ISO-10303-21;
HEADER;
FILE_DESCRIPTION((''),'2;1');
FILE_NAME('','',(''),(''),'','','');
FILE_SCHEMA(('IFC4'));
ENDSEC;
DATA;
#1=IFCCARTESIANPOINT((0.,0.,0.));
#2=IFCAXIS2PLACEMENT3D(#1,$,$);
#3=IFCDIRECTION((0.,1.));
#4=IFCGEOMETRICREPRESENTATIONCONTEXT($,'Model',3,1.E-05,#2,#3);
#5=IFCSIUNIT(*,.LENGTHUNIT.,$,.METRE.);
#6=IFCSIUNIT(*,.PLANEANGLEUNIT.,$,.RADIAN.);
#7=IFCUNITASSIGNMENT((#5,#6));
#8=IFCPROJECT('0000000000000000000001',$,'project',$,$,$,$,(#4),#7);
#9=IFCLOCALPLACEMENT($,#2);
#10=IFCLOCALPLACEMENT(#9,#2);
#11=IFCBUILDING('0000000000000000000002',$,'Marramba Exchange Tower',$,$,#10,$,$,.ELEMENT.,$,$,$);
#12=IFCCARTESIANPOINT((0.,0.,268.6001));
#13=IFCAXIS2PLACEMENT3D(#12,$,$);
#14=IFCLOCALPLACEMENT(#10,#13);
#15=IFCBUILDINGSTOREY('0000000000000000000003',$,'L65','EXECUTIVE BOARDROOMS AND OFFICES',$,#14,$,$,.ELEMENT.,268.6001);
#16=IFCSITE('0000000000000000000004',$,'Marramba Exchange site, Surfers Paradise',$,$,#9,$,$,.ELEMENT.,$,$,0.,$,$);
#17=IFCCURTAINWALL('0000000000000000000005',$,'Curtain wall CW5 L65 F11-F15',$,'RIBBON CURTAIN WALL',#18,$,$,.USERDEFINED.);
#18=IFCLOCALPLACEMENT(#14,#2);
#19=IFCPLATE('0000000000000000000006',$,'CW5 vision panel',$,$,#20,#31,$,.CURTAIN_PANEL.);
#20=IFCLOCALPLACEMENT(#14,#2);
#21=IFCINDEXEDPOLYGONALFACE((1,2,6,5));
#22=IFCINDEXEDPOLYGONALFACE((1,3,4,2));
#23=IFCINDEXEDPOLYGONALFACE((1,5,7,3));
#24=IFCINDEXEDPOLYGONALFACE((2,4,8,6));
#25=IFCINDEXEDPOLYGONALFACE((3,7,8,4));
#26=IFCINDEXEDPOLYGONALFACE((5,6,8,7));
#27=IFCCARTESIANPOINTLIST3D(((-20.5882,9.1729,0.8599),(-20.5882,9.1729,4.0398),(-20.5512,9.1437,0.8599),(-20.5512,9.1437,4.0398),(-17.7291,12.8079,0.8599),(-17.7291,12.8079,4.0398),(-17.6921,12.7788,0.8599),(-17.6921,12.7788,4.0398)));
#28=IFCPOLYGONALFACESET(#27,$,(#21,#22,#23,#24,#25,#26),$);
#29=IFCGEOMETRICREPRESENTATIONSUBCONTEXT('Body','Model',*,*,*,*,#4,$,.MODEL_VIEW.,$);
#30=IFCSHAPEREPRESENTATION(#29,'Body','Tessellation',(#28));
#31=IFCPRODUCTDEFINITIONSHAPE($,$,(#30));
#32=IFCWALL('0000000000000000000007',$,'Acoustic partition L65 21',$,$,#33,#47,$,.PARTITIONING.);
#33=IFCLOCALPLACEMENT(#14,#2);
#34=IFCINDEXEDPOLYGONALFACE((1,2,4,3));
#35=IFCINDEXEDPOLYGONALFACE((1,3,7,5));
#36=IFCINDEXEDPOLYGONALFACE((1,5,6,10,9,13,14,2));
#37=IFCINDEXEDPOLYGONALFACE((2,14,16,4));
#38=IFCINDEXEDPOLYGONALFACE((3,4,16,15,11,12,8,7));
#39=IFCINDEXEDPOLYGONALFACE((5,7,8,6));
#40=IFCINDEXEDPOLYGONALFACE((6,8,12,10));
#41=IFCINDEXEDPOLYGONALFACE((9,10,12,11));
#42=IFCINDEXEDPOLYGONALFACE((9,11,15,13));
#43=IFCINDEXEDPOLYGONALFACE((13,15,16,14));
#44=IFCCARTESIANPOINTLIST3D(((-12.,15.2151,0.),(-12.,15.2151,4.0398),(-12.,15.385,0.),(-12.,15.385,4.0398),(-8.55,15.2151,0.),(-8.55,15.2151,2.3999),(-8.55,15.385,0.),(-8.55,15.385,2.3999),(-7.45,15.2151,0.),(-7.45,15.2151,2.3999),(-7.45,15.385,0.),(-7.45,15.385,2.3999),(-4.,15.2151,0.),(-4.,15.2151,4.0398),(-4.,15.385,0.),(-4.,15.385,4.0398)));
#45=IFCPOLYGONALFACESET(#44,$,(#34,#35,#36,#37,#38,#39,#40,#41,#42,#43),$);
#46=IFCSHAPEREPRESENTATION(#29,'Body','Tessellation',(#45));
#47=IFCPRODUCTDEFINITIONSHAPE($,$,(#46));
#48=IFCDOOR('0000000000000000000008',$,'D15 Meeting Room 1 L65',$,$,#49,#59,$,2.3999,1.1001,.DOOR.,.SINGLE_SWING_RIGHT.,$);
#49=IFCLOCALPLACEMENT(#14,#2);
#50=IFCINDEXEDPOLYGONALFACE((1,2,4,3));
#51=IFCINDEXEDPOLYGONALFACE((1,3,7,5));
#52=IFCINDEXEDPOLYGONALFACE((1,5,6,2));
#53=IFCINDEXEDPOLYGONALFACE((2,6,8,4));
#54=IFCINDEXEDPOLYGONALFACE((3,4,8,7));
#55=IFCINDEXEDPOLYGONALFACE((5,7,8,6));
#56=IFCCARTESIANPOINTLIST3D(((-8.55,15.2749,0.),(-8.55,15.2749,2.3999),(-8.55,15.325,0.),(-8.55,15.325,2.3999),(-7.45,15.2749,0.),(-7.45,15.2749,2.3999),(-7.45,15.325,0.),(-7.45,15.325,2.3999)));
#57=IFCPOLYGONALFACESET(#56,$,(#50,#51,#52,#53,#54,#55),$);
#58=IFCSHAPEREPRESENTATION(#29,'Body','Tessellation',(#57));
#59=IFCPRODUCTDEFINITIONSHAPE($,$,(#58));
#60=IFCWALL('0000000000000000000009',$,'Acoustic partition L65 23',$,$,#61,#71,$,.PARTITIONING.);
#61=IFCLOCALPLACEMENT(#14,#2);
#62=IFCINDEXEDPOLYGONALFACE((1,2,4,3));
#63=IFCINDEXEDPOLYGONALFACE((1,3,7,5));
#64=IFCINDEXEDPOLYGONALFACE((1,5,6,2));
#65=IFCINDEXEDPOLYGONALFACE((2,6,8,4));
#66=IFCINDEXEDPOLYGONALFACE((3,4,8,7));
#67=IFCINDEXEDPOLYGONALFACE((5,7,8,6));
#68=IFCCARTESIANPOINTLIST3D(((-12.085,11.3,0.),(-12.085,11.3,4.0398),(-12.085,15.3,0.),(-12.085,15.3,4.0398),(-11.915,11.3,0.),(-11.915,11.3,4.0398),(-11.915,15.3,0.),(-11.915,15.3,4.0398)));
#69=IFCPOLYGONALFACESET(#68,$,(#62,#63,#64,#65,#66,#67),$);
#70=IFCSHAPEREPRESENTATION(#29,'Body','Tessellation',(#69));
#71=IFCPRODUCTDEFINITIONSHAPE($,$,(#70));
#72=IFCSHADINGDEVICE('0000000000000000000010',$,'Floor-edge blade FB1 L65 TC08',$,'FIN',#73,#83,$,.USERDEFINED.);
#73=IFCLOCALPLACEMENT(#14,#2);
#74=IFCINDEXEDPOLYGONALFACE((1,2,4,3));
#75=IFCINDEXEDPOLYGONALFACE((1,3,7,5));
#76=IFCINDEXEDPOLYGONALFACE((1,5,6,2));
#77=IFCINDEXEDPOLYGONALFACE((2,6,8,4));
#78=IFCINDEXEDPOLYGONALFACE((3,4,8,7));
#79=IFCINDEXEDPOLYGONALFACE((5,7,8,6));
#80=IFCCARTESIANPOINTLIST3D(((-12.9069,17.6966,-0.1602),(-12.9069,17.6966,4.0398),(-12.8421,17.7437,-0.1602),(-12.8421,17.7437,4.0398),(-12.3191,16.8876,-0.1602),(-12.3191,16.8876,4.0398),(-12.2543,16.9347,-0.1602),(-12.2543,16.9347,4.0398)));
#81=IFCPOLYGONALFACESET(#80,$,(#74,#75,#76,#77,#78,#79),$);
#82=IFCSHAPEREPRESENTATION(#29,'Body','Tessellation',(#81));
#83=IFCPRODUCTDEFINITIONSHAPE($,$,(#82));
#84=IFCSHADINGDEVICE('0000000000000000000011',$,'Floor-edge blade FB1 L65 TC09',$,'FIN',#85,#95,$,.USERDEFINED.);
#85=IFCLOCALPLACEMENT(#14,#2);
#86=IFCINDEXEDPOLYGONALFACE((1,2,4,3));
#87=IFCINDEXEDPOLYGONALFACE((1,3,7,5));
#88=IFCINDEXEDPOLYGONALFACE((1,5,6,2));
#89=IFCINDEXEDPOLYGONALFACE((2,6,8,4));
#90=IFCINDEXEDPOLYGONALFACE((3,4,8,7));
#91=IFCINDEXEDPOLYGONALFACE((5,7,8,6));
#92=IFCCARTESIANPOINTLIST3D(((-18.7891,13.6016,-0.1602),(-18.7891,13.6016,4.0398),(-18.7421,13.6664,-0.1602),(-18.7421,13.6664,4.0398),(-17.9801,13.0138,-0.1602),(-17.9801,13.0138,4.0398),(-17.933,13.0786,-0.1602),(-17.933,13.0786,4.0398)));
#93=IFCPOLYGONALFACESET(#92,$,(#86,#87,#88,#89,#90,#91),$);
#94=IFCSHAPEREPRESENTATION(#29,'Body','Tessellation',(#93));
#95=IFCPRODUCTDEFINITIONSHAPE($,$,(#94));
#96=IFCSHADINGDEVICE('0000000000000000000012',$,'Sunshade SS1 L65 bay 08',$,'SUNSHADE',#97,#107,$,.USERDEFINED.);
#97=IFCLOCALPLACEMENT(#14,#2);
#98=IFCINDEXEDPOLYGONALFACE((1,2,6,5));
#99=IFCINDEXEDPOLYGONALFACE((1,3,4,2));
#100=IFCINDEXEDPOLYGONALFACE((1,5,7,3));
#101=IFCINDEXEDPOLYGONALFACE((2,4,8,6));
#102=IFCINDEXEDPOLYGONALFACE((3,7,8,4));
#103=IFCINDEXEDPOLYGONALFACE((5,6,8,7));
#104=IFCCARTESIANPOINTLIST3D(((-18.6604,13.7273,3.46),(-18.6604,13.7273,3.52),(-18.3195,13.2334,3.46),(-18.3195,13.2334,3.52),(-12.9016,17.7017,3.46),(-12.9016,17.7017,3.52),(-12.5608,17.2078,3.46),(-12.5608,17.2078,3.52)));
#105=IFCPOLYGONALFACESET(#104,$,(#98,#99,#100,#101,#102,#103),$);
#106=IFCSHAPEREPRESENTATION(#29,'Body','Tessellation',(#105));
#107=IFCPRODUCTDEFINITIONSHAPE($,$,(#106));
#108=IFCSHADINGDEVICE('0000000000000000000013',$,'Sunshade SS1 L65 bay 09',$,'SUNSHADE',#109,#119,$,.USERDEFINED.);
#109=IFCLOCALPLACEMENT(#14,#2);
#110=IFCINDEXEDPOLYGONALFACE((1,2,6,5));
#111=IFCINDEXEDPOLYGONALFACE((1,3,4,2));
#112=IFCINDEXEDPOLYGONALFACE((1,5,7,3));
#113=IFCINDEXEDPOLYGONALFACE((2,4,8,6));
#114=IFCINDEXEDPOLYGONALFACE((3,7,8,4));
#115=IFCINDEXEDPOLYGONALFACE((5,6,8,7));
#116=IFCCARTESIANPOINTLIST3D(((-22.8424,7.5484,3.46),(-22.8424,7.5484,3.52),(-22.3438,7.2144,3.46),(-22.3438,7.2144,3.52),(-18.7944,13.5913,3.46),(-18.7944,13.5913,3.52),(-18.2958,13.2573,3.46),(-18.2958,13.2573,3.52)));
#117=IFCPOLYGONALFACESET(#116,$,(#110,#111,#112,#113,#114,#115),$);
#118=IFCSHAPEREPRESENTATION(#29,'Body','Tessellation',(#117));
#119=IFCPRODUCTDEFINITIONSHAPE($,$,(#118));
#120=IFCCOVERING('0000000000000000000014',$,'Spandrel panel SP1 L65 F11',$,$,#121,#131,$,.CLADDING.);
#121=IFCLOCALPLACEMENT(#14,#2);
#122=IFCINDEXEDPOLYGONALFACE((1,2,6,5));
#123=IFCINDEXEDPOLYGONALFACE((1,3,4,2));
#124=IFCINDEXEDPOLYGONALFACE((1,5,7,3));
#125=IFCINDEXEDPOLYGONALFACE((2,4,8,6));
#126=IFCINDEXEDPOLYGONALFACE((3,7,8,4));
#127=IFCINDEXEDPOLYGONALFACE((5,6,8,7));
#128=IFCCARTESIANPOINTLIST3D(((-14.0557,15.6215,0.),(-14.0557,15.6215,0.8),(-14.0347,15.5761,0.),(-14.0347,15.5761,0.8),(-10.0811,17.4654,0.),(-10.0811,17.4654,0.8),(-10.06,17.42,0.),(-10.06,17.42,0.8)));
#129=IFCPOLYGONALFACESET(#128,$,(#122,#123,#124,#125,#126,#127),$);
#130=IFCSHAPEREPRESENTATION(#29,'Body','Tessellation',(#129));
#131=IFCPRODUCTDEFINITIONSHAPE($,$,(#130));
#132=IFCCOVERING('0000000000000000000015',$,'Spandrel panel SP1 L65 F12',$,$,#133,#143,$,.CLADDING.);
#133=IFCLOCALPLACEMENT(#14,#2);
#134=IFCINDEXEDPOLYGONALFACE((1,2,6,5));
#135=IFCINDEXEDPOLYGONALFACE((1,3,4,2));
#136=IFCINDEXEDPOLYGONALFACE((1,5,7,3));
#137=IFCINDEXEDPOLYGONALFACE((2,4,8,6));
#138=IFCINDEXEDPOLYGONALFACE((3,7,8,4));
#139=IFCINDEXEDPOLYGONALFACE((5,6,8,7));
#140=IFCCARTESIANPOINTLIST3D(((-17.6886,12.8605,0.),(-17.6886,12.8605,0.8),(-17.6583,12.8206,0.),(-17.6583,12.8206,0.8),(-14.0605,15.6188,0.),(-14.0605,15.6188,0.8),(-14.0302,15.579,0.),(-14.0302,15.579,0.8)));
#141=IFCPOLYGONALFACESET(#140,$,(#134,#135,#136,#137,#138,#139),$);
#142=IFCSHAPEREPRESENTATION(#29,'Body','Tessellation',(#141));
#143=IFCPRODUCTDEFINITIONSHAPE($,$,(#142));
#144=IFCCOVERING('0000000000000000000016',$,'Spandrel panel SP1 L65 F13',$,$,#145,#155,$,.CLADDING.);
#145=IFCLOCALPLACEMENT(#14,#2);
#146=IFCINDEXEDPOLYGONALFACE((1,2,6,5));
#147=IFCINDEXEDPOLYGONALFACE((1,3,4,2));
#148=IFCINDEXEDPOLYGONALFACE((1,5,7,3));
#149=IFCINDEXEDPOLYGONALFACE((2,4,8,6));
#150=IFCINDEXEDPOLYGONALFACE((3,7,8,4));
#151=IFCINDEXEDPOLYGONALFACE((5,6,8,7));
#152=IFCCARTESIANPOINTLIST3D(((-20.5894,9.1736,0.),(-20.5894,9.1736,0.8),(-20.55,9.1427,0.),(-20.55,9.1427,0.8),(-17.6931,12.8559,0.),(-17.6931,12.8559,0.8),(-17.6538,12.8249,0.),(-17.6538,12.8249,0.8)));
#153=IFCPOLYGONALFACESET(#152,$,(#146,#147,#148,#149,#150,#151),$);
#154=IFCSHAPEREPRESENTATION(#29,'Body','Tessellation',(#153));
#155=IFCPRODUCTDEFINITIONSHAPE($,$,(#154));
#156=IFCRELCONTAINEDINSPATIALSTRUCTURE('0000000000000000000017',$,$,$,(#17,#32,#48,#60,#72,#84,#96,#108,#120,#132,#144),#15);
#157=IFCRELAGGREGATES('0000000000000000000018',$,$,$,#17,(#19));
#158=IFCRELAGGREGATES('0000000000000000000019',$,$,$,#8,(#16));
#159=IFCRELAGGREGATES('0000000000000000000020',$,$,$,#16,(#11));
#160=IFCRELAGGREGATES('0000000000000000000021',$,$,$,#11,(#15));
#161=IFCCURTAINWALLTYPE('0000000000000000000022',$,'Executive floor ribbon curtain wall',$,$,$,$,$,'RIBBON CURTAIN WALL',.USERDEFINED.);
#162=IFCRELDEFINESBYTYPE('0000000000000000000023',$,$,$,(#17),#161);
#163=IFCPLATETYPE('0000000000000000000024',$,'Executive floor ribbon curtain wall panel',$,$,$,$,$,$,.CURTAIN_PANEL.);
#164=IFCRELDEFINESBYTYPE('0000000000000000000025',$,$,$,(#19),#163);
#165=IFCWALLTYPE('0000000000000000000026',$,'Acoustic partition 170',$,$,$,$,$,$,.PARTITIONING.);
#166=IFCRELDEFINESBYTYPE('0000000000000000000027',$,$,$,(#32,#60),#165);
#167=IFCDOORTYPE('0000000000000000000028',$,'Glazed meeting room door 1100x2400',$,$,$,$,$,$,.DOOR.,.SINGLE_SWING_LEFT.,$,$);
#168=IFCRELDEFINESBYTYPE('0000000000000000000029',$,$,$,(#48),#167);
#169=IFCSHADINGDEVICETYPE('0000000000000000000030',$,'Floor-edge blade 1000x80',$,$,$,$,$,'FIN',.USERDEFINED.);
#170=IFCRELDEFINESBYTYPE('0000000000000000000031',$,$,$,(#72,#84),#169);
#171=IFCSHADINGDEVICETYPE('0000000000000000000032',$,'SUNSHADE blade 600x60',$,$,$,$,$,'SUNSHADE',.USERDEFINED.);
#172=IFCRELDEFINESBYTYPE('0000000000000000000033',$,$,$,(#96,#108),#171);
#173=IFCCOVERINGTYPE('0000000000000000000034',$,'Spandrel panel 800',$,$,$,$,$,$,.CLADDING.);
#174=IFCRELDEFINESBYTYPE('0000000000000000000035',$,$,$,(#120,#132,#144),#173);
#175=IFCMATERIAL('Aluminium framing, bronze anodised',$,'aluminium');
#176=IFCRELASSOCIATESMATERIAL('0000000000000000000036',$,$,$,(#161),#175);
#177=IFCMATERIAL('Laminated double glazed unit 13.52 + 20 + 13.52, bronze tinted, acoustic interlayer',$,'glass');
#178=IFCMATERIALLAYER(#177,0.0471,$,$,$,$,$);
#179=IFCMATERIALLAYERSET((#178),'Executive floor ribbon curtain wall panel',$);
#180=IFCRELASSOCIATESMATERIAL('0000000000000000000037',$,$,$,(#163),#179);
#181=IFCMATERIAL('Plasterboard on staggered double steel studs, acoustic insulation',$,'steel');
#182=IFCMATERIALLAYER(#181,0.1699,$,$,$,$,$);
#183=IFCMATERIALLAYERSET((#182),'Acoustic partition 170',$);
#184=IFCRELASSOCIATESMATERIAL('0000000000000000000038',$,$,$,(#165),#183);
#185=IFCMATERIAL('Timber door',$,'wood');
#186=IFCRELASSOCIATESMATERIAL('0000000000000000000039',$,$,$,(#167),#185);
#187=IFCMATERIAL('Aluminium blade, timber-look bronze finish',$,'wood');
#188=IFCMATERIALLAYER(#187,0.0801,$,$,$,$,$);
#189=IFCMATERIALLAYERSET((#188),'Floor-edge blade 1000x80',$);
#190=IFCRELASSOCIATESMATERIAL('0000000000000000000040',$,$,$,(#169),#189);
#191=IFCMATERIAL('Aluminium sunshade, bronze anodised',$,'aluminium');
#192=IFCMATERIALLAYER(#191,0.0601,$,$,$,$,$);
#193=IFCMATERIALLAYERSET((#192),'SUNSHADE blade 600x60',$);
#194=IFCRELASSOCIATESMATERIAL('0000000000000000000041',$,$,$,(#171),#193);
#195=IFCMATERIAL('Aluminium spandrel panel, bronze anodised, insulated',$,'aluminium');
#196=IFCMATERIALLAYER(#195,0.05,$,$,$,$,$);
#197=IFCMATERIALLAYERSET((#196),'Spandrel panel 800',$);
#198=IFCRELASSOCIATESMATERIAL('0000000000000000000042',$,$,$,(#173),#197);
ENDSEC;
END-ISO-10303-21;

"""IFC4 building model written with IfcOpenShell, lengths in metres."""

from ifc_helpers import new_model, si_unit, direction, frame, frame_2d, origin, origin_2d, place, context, subcontext, project, spatial, rectangle, extrude, material, layer, layer_set, type_object, element, fill, aggregate, save


model = new_model("IFC4")

# Units and contexts
model_context = context("Model", 3, precision=1e-05, world=origin(), true_north=direction((0.0, 1.0)))
body_context = subcontext(model_context, "Body", "Model", "MODEL_VIEW")
ifc_project = project(units=[si_unit("LENGTHUNIT", "METRE"), si_unit("PLANEANGLEUNIT", "RADIAN")], contexts=[model_context])

# Site, building, storey
site_placement = place(None, origin())
site = spatial("IfcSite", under=ifc_project, at=site_placement, Name="Marramba Exchange site, Surfers Paradise", CompositionType="ELEMENT", RefElevation=0.0)
building_placement = place(site_placement, origin())
building = spatial("IfcBuilding", under=site, at=building_placement, Name="Marramba Exchange Tower", CompositionType="ELEMENT")
storey_placement = place(building_placement, frame((0.0, 0.0, 268.6001)))
storey = spatial("IfcBuildingStorey", under=building, at=storey_placement, Name="L65", Description="EXECUTIVE BOARDROOMS AND OFFICES", CompositionType="ELEMENT", Elevation=268.6001)

# Curtain wall
ifc_material_1 = material(Name="Aluminium framing, bronze anodised", Category="aluminium")
curtain_wall_type = type_object("IfcCurtainWallType", Name="Executive floor ribbon curtain wall", ElementType="RIBBON CURTAIN WALL", PredefinedType="USERDEFINED", material=ifc_material_1)
curtain_wall_placement = place(storey_placement, origin())
curtain_wall = element("IfcCurtainWall", 1, at=curtain_wall_placement, inside=storey, type_object=curtain_wall_type, Name="Curtain wall CW5 L65 F11-F15", ObjectType="RIBBON CURTAIN WALL", PredefinedType="USERDEFINED")

# Plate
ifc_material_2 = material(Name="Laminated double glazed unit 13.52 + 20 + 13.52, bronze tinted, acoustic interlayer", Category="glass")
ifc_layer_1 = layer(ifc_material_2, 0.0471)
ifc_layer_set_1 = layer_set([ifc_layer_1], Name="Executive floor ribbon curtain wall panel")
plate_type = type_object("IfcPlateType", Name="Executive floor ribbon curtain wall panel", PredefinedType="CURTAIN_PANEL", material=ifc_layer_set_1)
plate_1_placement = place(storey_placement, frame((-19.1401, 10.9758, 0.8599), z_axis=(0.0, 0.0, 1.0), x_axis=(-0.618223, -0.786003, 0.0)))
plate_1 = element("IfcPlate", 2, at=plate_1_placement, type_object=plate_type, Name="CW5 vision panel", PredefinedType="CURTAIN_PANEL", context=body_context, shape_type="SweptSolid", body=[
    extrude(rectangle(XDim=4.6248, YDim=0.0471, at=origin_2d()), origin(), (0.0, 0.0, 1.0), 3.1799),
])
aggregate(curtain_wall, [plate_1])

# Wall, opening, door
ifc_material_3 = material(Name="Plasterboard on staggered double steel studs, acoustic insulation", Category="steel")
ifc_layer_2 = layer(ifc_material_3, 0.1699)
ifc_layer_set_2 = layer_set([ifc_layer_2], Name="Acoustic partition 170")
wall_type = type_object("IfcWallType", Name="Acoustic partition 170", PredefinedType="PARTITIONING", material=ifc_layer_set_2)
wall_1_placement = place(storey_placement, frame((-12.0, 15.3, 0.0), z_axis=(0.0, 0.0, 1.0), x_axis=(1.0, 0.0, 0.0)))
wall_1 = element("IfcWall", 3, at=wall_1_placement, inside=storey, type_object=wall_type, Name="Acoustic partition L65 21", PredefinedType="PARTITIONING", context=body_context, shape_type="SweptSolid", body=[
    extrude(rectangle(XDim=8.0, YDim=0.1699, at=frame_2d((4.0, 0.0))), origin(), (0.0, 0.0, 1.0), 4.0398),
])
opening_placement = place(wall_1_placement, frame((3.45, 0.0, 0.0)))
opening = element("IfcOpeningElement", 4, at=opening_placement, cuts=wall_1, PredefinedType="OPENING", context=body_context, shape_type="SweptSolid", body=[
    extrude(rectangle(XDim=1.1001, YDim=2.3999, at=frame_2d((0.55, 1.2))), frame((0.0, 0.095, 0.0), z_axis=(0.0, -1.0, 0.0), x_axis=(1.0, 0.0, 0.0)), (0.0, 0.0, 1.0), 0.1899),
])
ifc_material_4 = material(Name="Timber door", Category="wood")
door_type = type_object("IfcDoorType", Name="Glazed meeting room door 1100x2400", OperationType="SINGLE_SWING_LEFT", PredefinedType="DOOR", material=ifc_material_4)
door_placement = place(opening_placement, frame((1.1001, 0.0, 0.0), z_axis=(0.0, 0.0, 1.0), x_axis=(-1.0, 0.0, 0.0)))
door = element("IfcDoor", 5, at=door_placement, inside=storey, type_object=door_type, Name="D15 Meeting Room 1 L65", OperationType="SINGLE_SWING_RIGHT", OverallHeight=2.3999, OverallWidth=1.1001, PredefinedType="DOOR", context=body_context, shape_type="SweptSolid", body=[
    extrude(rectangle(XDim=1.1001, YDim=2.3999, at=frame_2d((0.55, 1.2))), frame((0.0, 0.0251, 0.0), z_axis=(0.0, -1.0, 0.0), x_axis=(1.0, 0.0, 0.0)), (0.0, 0.0, 1.0), 0.05),
])
fill(opening, door)

# Wall
wall_2_placement = place(storey_placement, frame((-12.0, 11.3, 0.0), z_axis=(0.0, 0.0, 1.0), x_axis=(0.0, 1.0, 0.0)))
element("IfcWall", 6, at=wall_2_placement, inside=storey, type_object=wall_type, Name="Acoustic partition L65 23", PredefinedType="PARTITIONING", context=body_context, shape_type="SweptSolid", body=[
    extrude(rectangle(XDim=4.0, YDim=0.1699, at=frame_2d((2.0, 0.0))), origin(), (0.0, 0.0, 1.0), 4.0398),
])

# Shading devices
ifc_material_5 = material(Name="Aluminium blade, timber-look bronze finish", Category="wood")
ifc_layer_3 = layer(ifc_material_5, 0.0801)
ifc_layer_set_3 = layer_set([ifc_layer_3], Name="Floor-edge blade 1000x80")
shading_device_type_1 = type_object("IfcShadingDeviceType", Name="Floor-edge blade 1000x80", ElementType="FIN", PredefinedType="USERDEFINED", material=ifc_layer_set_3)
for number, where, z_axis, x_axis, name in (
    (7, (-12.5806, 17.3157, -0.1602), (0.0, 0.0, 1.0), (-0.587785, 0.809017, 0.0), "Floor-edge blade FB1 L65 TC08"),
    (8, (-18.3611, 13.3401, -0.1602), (0.0, 0.0, 1.0), (-0.809017, 0.587785, 0.0), "Floor-edge blade FB1 L65 TC09"),
):
    element("IfcShadingDevice", number, at=place(storey_placement, frame(where, z_axis=z_axis, x_axis=x_axis)), inside=storey, type_object=shading_device_type_1, Name=name, ObjectType="FIN", PredefinedType="USERDEFINED", context=body_context, shape_type="SweptSolid", body=[
        extrude(rectangle(XDim=1.0, YDim=0.0801, at=origin_2d()), origin(), (0.0, 0.0, 1.0), 4.2),
    ])
ifc_material_6 = material(Name="Aluminium sunshade, bronze anodised", Category="aluminium")
ifc_layer_4 = layer(ifc_material_6, 0.0601)
ifc_layer_set_4 = layer_set([ifc_layer_4], Name="SUNSHADE blade 600x60")
shading_device_type_2 = type_object("IfcShadingDeviceType", Name="SUNSHADE blade 600x60", ElementType="SUNSHADE", PredefinedType="USERDEFINED", material=ifc_layer_set_4)
shading_device_1_placement = place(storey_placement, frame((-15.6106, 15.4675, 3.46), z_axis=(0.0, 0.0, 1.0), x_axis=(-0.823024, -0.568006, 0.0)))
element("IfcShadingDevice", 9, at=shading_device_1_placement, inside=storey, type_object=shading_device_type_2, Name="Sunshade SS1 L65 bay 08", ObjectType="SUNSHADE", PredefinedType="USERDEFINED", context=body_context, shape_type="SweptSolid", body=[
    extrude(rectangle(XDim=6.9971, YDim=0.6001, at=origin_2d()), origin(), (0.0, 0.0, 1.0), 0.0601),
])
shading_device_2_placement = place(storey_placement, frame((-20.5691, 10.4028, 3.46), z_axis=(0.0, 0.0, 1.0), x_axis=(-0.55654, -0.830821, 0.0)))
element("IfcShadingDevice", 10, at=shading_device_2_placement, inside=storey, type_object=shading_device_type_2, Name="Sunshade SS1 L65 bay 09", ObjectType="SUNSHADE", PredefinedType="USERDEFINED", context=body_context, shape_type="SweptSolid", body=[
    extrude(rectangle(XDim=7.2734, YDim=0.6001, at=origin_2d()), origin(), (0.0, 0.0, 1.0), 0.0601),
])

# Coverings
ifc_material_7 = material(Name="Aluminium spandrel panel, bronze anodised, insulated", Category="aluminium")
ifc_layer_5 = layer(ifc_material_7, 0.05)
ifc_layer_set_5 = layer_set([ifc_layer_5], Name="Spandrel panel 800")
covering_type = type_object("IfcCoveringType", Name="Spandrel panel 800", PredefinedType="CLADDING", material=ifc_layer_set_5)
covering_1_placement = place(storey_placement, frame((-12.0579, 16.5208, 0.0), z_axis=(0.0, 0.0, 1.0), x_axis=(-0.907131, -0.420849, 0.0)))
element("IfcCovering", 11, at=covering_1_placement, inside=storey, type_object=covering_type, Name="Spandrel panel SP1 L65 F11", PredefinedType="CLADDING", context=body_context, shape_type="SweptSolid", body=[
    extrude(rectangle(XDim=4.3816, YDim=0.05, at=origin_2d()), origin(), (0.0, 0.0, 1.0), 0.8),
])
covering_2_placement = place(storey_placement, frame((-15.8594, 14.2197, 0.0), z_axis=(0.0, 0.0, 1.0), x_axis=(-0.796059, -0.605219, 0.0)))
element("IfcCovering", 12, at=covering_2_placement, inside=storey, type_object=covering_type, Name="Spandrel panel SP1 L65 F12", PredefinedType="CLADDING", context=body_context, shape_type="SweptSolid", body=[
    extrude(rectangle(XDim=4.5576, YDim=0.05, at=origin_2d()), origin(), (0.0, 0.0, 1.0), 0.8),
])
covering_3_placement = place(storey_placement, frame((-19.1216, 10.9993, 0.0), z_axis=(0.0, 0.0, 1.0), x_axis=(-0.618223, -0.786003, 0.0)))
element("IfcCovering", 13, at=covering_3_placement, inside=storey, type_object=covering_type, Name="Spandrel panel SP1 L65 F13", PredefinedType="CLADDING", context=body_context, shape_type="SweptSolid", body=[
    extrude(rectangle(XDim=4.6848, YDim=0.05, at=origin_2d()), origin(), (0.0, 0.0, 1.0), 0.8),
])

save(model, "model.ifc")
